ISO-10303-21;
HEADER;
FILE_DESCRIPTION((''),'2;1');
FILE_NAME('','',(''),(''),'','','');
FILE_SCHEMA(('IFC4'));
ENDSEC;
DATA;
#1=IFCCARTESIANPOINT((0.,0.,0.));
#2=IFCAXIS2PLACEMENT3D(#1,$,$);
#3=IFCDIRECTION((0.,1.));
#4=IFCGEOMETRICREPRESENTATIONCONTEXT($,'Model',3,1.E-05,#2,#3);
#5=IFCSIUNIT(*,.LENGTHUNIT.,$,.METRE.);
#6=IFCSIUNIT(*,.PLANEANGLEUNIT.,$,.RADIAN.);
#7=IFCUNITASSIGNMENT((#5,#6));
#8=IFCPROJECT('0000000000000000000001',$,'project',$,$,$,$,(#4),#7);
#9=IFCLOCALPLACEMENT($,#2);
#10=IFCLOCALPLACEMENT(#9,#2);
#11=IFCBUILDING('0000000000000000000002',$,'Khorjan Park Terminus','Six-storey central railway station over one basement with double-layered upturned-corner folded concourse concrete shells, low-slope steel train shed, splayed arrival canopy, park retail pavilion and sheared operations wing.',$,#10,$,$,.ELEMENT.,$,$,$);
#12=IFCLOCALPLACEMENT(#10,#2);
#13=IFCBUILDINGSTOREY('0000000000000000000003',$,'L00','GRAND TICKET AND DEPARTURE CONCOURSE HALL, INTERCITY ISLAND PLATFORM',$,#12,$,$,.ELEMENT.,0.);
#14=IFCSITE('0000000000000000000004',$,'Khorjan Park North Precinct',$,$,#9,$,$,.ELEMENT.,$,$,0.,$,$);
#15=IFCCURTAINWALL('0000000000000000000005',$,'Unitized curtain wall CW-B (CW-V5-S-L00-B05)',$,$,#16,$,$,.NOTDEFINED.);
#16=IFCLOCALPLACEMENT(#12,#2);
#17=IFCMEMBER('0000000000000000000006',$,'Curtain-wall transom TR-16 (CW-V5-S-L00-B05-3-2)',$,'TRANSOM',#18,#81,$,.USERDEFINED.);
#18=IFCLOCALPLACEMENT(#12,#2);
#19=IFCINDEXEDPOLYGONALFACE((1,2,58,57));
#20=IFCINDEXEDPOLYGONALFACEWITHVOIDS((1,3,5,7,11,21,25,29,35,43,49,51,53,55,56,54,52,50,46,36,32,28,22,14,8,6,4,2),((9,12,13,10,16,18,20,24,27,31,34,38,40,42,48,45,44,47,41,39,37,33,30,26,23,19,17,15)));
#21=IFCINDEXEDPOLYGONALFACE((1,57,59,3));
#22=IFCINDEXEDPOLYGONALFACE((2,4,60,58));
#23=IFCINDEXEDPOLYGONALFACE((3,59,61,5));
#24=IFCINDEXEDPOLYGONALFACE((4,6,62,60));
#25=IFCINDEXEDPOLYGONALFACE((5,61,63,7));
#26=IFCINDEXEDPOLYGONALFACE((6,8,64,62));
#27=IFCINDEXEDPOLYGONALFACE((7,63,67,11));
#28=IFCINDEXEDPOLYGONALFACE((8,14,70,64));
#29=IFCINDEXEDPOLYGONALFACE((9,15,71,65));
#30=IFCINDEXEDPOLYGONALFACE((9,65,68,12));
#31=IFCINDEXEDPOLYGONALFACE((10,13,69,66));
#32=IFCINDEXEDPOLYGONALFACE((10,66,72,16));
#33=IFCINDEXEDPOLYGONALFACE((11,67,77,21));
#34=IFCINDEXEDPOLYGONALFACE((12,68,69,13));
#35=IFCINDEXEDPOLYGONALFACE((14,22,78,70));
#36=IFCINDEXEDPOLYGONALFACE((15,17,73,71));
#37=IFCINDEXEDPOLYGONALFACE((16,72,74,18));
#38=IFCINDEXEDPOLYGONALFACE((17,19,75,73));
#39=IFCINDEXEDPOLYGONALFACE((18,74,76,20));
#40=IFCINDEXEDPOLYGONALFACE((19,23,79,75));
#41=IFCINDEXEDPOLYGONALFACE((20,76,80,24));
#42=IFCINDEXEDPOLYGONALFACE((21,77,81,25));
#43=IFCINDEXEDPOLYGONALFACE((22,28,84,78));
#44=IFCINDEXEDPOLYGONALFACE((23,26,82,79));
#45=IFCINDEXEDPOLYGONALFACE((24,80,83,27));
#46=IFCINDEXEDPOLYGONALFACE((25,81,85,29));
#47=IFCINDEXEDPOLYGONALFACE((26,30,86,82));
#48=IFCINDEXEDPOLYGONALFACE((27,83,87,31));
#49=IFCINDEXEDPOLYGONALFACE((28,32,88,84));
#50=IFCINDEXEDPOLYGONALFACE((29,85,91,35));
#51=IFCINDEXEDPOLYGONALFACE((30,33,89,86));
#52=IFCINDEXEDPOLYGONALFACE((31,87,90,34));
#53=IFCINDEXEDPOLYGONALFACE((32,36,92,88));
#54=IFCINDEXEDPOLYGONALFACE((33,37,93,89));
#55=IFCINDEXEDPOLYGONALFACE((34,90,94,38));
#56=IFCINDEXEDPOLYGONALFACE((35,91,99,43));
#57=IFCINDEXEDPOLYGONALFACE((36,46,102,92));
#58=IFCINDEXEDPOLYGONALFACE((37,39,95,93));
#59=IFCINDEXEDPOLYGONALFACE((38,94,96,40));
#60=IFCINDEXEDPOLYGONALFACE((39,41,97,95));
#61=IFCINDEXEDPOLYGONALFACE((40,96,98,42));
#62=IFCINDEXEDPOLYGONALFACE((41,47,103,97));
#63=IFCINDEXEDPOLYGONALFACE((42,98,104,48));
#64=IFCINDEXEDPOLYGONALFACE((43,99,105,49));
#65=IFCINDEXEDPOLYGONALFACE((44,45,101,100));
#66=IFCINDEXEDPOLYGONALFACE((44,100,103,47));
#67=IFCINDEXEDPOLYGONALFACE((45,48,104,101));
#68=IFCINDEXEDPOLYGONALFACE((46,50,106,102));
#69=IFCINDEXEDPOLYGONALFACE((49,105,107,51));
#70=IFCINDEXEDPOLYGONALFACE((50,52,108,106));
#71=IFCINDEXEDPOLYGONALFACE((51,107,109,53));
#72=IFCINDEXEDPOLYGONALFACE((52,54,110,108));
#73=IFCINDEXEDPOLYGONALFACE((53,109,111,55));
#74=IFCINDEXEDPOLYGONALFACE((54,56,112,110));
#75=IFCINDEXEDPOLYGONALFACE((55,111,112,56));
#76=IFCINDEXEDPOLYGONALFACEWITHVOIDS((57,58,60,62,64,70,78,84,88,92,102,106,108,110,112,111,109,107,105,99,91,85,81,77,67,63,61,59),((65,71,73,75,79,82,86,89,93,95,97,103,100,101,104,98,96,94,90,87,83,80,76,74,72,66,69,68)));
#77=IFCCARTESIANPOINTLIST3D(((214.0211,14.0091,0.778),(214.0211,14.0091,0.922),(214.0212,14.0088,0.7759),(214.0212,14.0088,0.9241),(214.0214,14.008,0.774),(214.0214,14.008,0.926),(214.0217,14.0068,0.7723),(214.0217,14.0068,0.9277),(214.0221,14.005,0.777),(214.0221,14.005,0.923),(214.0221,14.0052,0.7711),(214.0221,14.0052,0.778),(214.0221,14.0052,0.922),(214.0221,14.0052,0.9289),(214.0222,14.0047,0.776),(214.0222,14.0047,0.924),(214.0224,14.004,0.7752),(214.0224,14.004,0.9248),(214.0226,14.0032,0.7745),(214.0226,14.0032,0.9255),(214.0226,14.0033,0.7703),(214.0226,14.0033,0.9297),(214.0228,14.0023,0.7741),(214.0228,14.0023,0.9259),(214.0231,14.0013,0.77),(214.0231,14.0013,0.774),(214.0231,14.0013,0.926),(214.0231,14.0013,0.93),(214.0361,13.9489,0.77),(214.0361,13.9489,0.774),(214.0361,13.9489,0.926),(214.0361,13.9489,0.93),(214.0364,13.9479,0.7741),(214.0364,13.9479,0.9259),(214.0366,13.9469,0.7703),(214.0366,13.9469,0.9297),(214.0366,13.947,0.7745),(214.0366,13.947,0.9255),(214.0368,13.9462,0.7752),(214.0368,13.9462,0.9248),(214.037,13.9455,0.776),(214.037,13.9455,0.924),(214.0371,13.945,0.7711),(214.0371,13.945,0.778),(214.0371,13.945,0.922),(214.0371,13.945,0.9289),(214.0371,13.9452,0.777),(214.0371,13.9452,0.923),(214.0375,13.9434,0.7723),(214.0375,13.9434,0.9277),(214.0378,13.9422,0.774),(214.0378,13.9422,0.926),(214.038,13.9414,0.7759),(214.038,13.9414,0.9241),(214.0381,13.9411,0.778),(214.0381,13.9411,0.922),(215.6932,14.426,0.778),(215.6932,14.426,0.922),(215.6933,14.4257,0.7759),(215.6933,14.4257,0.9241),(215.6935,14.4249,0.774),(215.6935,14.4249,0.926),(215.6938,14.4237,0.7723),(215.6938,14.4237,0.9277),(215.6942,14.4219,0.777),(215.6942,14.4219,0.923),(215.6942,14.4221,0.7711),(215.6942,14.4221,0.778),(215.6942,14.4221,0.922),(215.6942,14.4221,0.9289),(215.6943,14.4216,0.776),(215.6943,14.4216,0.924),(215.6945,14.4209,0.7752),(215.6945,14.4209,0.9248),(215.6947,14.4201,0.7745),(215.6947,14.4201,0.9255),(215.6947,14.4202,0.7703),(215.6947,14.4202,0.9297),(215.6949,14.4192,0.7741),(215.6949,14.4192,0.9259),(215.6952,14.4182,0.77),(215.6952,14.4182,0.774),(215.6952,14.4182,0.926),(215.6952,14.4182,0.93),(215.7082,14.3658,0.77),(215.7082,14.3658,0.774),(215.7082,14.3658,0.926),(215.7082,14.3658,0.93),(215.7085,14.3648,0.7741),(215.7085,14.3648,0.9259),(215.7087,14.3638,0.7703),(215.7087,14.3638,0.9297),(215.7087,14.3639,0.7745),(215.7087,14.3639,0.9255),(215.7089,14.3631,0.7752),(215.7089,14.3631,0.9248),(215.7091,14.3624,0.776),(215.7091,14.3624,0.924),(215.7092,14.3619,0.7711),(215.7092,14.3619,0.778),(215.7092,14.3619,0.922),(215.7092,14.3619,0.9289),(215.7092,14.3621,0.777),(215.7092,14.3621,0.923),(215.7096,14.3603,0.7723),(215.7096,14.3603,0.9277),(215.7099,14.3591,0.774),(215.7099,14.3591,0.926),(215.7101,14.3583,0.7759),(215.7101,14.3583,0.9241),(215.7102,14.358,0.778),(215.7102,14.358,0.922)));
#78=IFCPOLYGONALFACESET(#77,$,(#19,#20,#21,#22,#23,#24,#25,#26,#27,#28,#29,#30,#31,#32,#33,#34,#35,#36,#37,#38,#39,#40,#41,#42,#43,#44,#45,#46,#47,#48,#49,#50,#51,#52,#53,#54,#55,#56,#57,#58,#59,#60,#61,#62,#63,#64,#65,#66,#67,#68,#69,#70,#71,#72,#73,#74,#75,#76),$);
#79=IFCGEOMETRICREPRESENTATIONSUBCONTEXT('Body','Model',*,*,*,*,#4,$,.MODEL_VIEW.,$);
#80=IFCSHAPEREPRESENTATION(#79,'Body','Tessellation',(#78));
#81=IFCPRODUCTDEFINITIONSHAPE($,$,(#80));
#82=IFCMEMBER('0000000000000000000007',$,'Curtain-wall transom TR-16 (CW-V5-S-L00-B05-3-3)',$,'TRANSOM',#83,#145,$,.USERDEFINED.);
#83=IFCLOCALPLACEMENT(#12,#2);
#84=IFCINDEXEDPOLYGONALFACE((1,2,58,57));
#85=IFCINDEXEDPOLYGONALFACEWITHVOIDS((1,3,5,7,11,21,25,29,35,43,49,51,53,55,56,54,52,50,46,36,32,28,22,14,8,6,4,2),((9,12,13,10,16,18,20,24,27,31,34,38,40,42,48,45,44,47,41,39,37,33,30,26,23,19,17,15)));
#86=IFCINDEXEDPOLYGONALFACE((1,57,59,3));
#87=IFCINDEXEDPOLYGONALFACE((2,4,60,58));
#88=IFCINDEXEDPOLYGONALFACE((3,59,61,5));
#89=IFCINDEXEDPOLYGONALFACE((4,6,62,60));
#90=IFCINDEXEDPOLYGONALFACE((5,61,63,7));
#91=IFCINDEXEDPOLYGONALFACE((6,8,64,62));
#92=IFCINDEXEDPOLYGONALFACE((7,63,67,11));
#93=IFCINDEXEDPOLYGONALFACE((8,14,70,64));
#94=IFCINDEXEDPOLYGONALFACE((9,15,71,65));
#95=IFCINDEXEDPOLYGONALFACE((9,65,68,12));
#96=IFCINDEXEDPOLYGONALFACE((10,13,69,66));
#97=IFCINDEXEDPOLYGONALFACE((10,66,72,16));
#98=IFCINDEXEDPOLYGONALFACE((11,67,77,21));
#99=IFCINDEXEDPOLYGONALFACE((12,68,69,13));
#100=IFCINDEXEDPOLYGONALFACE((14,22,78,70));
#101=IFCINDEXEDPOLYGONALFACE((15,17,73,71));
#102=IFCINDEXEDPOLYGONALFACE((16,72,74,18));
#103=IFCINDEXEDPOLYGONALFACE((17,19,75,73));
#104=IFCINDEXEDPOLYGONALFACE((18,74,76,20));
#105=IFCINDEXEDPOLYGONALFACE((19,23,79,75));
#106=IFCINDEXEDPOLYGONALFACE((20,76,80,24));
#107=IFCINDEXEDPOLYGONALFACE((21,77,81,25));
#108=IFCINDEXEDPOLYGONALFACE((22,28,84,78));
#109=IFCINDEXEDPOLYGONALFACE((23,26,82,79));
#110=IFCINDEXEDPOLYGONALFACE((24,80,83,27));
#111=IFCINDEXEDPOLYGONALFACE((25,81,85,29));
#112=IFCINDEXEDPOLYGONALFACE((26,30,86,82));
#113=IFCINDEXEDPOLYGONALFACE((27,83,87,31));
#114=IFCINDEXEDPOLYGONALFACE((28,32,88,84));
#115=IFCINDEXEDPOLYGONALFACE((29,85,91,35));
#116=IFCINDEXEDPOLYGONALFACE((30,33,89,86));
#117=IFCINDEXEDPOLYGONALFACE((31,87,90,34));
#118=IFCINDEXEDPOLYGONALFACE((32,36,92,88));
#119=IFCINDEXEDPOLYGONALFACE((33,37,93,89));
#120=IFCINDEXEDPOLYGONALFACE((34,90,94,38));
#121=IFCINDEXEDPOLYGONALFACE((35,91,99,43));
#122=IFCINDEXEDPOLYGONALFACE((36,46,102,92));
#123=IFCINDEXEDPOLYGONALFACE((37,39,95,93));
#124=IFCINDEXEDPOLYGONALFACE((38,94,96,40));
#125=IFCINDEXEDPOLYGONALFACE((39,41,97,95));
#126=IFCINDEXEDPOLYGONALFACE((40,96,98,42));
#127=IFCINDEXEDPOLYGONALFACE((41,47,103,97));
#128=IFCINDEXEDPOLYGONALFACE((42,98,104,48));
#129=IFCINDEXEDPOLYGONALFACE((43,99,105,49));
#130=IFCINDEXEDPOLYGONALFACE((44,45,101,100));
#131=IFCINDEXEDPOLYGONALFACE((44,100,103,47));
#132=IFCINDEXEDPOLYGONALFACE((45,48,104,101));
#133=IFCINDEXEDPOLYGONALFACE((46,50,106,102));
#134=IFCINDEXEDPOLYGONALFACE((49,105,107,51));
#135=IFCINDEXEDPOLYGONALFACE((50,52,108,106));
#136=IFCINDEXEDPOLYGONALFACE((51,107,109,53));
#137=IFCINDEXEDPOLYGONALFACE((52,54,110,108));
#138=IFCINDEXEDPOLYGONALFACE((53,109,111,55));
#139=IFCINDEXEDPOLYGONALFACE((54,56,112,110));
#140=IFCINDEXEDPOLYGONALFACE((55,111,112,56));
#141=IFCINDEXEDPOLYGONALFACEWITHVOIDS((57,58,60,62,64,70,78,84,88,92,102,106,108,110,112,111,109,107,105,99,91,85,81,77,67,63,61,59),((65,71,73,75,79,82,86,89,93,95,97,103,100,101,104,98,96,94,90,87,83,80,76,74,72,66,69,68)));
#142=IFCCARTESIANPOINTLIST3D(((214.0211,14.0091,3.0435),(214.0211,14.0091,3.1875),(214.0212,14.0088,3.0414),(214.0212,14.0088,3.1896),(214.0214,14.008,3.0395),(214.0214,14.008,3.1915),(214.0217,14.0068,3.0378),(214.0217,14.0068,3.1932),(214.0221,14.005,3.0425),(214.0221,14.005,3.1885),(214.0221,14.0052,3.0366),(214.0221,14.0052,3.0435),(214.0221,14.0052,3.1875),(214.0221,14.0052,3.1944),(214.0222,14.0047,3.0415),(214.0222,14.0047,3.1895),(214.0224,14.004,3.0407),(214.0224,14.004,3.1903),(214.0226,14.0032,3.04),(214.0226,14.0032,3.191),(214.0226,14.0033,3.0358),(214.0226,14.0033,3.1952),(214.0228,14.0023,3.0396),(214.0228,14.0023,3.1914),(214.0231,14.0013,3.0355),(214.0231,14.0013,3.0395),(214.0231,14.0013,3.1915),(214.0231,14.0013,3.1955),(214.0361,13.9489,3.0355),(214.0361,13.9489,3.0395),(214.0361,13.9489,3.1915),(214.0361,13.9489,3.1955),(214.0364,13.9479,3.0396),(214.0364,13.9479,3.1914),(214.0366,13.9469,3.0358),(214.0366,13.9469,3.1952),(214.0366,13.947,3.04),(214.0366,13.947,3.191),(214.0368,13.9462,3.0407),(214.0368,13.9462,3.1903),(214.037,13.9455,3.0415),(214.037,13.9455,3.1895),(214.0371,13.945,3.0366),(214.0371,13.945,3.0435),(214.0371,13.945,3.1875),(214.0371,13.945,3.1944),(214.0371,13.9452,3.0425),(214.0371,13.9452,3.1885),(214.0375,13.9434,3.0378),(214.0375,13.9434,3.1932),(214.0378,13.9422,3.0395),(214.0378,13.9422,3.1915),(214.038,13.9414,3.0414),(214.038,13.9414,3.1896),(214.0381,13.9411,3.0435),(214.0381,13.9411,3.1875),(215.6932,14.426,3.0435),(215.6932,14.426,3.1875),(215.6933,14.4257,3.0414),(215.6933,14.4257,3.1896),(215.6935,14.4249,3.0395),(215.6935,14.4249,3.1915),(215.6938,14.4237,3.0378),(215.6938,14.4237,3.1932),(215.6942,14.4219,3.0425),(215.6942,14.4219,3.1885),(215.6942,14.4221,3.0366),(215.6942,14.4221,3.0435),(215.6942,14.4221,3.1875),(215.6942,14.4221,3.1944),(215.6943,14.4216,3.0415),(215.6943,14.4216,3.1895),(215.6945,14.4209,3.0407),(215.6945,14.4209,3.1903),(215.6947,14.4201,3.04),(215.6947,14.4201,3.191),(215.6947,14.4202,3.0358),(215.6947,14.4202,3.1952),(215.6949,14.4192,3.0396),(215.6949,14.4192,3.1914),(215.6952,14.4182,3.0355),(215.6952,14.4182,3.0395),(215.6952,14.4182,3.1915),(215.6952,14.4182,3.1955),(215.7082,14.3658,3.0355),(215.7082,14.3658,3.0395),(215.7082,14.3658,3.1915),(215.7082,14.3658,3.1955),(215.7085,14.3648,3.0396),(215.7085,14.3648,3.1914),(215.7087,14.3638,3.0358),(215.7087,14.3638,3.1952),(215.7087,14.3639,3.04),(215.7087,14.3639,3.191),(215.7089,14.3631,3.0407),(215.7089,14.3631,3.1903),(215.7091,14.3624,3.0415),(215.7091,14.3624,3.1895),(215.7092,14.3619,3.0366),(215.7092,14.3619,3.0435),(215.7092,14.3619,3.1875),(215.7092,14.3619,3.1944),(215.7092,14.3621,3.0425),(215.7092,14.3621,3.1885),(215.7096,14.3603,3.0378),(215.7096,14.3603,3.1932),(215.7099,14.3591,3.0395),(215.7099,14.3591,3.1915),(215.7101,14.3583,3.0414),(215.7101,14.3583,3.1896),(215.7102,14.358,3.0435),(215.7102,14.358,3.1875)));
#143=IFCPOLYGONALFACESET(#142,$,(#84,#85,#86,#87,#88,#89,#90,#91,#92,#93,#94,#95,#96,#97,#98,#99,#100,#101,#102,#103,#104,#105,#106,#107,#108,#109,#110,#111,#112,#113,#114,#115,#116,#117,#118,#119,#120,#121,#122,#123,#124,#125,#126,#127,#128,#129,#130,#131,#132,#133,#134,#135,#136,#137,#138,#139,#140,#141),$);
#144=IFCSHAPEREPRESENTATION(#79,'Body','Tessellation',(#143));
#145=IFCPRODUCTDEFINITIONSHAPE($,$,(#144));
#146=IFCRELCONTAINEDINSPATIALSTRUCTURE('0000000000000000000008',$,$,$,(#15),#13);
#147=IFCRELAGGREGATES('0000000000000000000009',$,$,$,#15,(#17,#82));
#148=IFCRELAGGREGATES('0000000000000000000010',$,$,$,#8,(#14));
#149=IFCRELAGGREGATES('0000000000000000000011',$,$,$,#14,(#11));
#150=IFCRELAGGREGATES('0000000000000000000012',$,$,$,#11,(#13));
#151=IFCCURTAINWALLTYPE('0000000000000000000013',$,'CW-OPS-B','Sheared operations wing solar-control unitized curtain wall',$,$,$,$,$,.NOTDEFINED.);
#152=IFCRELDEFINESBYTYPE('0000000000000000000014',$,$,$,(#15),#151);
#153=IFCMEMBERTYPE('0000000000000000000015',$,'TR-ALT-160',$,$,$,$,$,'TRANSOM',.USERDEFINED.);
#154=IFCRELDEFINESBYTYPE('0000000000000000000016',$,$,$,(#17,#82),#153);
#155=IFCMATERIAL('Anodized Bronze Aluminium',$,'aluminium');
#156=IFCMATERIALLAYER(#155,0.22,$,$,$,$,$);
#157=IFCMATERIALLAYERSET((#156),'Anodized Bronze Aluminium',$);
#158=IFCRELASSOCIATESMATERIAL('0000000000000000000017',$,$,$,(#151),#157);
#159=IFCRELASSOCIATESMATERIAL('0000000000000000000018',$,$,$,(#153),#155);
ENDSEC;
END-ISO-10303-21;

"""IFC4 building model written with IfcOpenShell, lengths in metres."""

from ifc_helpers import new_model, si_unit, direction, frame, origin, origin_2d, place, context, subcontext, project, spatial, hollow_rectangle, extrude, material, layer, layer_set, material_profile, profile_set, type_object, element, aggregate, save


model = new_model("IFC4")

# Units and contexts
model_context = context("Model", 3, precision=1e-05, world=origin(), true_north=direction((0.0, 1.0)))
body_context = subcontext(model_context, "Body", "Model", "MODEL_VIEW")
ifc_project = project(units=[si_unit("LENGTHUNIT", "METRE"), si_unit("PLANEANGLEUNIT", "RADIAN")], contexts=[model_context])

# Site, building, storey
site_placement = place(None, origin())
site = spatial("IfcSite", under=ifc_project, at=site_placement, Name="Khorjan Park North Precinct", CompositionType="ELEMENT", RefElevation=0.0)
building_placement = place(site_placement, origin())
building = spatial("IfcBuilding", under=site, at=building_placement, Name="Khorjan Park Terminus", Description="Six-storey central railway station over one basement with double-layered upturned-corner folded concourse concrete shells, low-slope steel train shed, splayed arrival canopy, park retail pavilion and sheared operations wing.", CompositionType="ELEMENT")
storey_placement = place(building_placement, origin())
storey = spatial("IfcBuildingStorey", under=building, at=storey_placement, Name="L00", Description="GRAND TICKET AND DEPARTURE CONCOURSE HALL, INTERCITY ISLAND PLATFORM", CompositionType="ELEMENT", Elevation=0.0)

# Curtain wall, members
ifc_material_1 = material(Name="Anodized Bronze Aluminium", Category="aluminium")
ifc_layer_1 = layer(ifc_material_1, 0.22)
ifc_layer_set_1 = layer_set([ifc_layer_1], Name="Anodized Bronze Aluminium")
curtain_wall_type = type_object("IfcCurtainWallType", Name="CW-OPS-B", Description="Sheared operations wing solar-control unitized curtain wall", PredefinedType="NOTDEFINED", material=ifc_layer_set_1)
curtain_wall_placement = place(storey_placement, origin())
curtain_wall = element("IfcCurtainWall", 1, at=curtain_wall_placement, inside=storey, type_object=curtain_wall_type, Name="Unitized curtain wall CW-B (CW-V5-S-L00-B05)", PredefinedType="NOTDEFINED")
ifc_material_profile_1 = material_profile(ifc_material_1, hollow_rectangle(XDim=0.07, YDim=0.16, WallThickness=0.004, InnerFilletRadius=0.004, OuterFilletRadius=0.008, at=origin_2d()), Name="ALT 70x160x4")
ifc_profile_set_1 = profile_set([ifc_material_profile_1], Name="Anodized Bronze Aluminium")
member_type_1 = type_object("IfcMemberType", Name="TR-ALT-160", ElementType="TRANSOM", PredefinedType="USERDEFINED", material=ifc_profile_set_1)
member_1_placement = place(storey_placement, frame((214.0296, 13.9751, 0.85), z_axis=(0.970296, 0.241921, 0.0), x_axis=(-0.241921, 0.970296, 0.0)))
member_1 = element("IfcMember", 2, at=member_1_placement, type_object=member_type_1, Name="Curtain-wall transom TR-16 (CW-V5-S-L00-B05-3-2)", ObjectType="TRANSOM", PredefinedType="USERDEFINED", context=body_context, shape_type="SweptSolid", body=[
    extrude(hollow_rectangle(XDim=0.07, YDim=0.16, WallThickness=0.004, InnerFilletRadius=0.004, OuterFilletRadius=0.008, at=origin_2d()), origin(), (0.0, 0.0, 1.0), 1.7233),
])
member_2_placement = place(storey_placement, frame((214.0296, 13.9751, 3.1155), z_axis=(0.970296, 0.241921, 0.0), x_axis=(-0.241921, 0.970296, 0.0)))
member_2 = element("IfcMember", 3, at=member_2_placement, type_object=member_type_1, Name="Curtain-wall transom TR-16 (CW-V5-S-L00-B05-3-3)", ObjectType="TRANSOM", PredefinedType="USERDEFINED", context=body_context, shape_type="SweptSolid", body=[
    extrude(hollow_rectangle(XDim=0.07, YDim=0.16, WallThickness=0.004, InnerFilletRadius=0.004, OuterFilletRadius=0.008, at=origin_2d()), origin(), (0.0, 0.0, 1.0), 1.7233),
])
aggregate(curtain_wall, [member_1, member_2])

save(model, "model.ifc")
